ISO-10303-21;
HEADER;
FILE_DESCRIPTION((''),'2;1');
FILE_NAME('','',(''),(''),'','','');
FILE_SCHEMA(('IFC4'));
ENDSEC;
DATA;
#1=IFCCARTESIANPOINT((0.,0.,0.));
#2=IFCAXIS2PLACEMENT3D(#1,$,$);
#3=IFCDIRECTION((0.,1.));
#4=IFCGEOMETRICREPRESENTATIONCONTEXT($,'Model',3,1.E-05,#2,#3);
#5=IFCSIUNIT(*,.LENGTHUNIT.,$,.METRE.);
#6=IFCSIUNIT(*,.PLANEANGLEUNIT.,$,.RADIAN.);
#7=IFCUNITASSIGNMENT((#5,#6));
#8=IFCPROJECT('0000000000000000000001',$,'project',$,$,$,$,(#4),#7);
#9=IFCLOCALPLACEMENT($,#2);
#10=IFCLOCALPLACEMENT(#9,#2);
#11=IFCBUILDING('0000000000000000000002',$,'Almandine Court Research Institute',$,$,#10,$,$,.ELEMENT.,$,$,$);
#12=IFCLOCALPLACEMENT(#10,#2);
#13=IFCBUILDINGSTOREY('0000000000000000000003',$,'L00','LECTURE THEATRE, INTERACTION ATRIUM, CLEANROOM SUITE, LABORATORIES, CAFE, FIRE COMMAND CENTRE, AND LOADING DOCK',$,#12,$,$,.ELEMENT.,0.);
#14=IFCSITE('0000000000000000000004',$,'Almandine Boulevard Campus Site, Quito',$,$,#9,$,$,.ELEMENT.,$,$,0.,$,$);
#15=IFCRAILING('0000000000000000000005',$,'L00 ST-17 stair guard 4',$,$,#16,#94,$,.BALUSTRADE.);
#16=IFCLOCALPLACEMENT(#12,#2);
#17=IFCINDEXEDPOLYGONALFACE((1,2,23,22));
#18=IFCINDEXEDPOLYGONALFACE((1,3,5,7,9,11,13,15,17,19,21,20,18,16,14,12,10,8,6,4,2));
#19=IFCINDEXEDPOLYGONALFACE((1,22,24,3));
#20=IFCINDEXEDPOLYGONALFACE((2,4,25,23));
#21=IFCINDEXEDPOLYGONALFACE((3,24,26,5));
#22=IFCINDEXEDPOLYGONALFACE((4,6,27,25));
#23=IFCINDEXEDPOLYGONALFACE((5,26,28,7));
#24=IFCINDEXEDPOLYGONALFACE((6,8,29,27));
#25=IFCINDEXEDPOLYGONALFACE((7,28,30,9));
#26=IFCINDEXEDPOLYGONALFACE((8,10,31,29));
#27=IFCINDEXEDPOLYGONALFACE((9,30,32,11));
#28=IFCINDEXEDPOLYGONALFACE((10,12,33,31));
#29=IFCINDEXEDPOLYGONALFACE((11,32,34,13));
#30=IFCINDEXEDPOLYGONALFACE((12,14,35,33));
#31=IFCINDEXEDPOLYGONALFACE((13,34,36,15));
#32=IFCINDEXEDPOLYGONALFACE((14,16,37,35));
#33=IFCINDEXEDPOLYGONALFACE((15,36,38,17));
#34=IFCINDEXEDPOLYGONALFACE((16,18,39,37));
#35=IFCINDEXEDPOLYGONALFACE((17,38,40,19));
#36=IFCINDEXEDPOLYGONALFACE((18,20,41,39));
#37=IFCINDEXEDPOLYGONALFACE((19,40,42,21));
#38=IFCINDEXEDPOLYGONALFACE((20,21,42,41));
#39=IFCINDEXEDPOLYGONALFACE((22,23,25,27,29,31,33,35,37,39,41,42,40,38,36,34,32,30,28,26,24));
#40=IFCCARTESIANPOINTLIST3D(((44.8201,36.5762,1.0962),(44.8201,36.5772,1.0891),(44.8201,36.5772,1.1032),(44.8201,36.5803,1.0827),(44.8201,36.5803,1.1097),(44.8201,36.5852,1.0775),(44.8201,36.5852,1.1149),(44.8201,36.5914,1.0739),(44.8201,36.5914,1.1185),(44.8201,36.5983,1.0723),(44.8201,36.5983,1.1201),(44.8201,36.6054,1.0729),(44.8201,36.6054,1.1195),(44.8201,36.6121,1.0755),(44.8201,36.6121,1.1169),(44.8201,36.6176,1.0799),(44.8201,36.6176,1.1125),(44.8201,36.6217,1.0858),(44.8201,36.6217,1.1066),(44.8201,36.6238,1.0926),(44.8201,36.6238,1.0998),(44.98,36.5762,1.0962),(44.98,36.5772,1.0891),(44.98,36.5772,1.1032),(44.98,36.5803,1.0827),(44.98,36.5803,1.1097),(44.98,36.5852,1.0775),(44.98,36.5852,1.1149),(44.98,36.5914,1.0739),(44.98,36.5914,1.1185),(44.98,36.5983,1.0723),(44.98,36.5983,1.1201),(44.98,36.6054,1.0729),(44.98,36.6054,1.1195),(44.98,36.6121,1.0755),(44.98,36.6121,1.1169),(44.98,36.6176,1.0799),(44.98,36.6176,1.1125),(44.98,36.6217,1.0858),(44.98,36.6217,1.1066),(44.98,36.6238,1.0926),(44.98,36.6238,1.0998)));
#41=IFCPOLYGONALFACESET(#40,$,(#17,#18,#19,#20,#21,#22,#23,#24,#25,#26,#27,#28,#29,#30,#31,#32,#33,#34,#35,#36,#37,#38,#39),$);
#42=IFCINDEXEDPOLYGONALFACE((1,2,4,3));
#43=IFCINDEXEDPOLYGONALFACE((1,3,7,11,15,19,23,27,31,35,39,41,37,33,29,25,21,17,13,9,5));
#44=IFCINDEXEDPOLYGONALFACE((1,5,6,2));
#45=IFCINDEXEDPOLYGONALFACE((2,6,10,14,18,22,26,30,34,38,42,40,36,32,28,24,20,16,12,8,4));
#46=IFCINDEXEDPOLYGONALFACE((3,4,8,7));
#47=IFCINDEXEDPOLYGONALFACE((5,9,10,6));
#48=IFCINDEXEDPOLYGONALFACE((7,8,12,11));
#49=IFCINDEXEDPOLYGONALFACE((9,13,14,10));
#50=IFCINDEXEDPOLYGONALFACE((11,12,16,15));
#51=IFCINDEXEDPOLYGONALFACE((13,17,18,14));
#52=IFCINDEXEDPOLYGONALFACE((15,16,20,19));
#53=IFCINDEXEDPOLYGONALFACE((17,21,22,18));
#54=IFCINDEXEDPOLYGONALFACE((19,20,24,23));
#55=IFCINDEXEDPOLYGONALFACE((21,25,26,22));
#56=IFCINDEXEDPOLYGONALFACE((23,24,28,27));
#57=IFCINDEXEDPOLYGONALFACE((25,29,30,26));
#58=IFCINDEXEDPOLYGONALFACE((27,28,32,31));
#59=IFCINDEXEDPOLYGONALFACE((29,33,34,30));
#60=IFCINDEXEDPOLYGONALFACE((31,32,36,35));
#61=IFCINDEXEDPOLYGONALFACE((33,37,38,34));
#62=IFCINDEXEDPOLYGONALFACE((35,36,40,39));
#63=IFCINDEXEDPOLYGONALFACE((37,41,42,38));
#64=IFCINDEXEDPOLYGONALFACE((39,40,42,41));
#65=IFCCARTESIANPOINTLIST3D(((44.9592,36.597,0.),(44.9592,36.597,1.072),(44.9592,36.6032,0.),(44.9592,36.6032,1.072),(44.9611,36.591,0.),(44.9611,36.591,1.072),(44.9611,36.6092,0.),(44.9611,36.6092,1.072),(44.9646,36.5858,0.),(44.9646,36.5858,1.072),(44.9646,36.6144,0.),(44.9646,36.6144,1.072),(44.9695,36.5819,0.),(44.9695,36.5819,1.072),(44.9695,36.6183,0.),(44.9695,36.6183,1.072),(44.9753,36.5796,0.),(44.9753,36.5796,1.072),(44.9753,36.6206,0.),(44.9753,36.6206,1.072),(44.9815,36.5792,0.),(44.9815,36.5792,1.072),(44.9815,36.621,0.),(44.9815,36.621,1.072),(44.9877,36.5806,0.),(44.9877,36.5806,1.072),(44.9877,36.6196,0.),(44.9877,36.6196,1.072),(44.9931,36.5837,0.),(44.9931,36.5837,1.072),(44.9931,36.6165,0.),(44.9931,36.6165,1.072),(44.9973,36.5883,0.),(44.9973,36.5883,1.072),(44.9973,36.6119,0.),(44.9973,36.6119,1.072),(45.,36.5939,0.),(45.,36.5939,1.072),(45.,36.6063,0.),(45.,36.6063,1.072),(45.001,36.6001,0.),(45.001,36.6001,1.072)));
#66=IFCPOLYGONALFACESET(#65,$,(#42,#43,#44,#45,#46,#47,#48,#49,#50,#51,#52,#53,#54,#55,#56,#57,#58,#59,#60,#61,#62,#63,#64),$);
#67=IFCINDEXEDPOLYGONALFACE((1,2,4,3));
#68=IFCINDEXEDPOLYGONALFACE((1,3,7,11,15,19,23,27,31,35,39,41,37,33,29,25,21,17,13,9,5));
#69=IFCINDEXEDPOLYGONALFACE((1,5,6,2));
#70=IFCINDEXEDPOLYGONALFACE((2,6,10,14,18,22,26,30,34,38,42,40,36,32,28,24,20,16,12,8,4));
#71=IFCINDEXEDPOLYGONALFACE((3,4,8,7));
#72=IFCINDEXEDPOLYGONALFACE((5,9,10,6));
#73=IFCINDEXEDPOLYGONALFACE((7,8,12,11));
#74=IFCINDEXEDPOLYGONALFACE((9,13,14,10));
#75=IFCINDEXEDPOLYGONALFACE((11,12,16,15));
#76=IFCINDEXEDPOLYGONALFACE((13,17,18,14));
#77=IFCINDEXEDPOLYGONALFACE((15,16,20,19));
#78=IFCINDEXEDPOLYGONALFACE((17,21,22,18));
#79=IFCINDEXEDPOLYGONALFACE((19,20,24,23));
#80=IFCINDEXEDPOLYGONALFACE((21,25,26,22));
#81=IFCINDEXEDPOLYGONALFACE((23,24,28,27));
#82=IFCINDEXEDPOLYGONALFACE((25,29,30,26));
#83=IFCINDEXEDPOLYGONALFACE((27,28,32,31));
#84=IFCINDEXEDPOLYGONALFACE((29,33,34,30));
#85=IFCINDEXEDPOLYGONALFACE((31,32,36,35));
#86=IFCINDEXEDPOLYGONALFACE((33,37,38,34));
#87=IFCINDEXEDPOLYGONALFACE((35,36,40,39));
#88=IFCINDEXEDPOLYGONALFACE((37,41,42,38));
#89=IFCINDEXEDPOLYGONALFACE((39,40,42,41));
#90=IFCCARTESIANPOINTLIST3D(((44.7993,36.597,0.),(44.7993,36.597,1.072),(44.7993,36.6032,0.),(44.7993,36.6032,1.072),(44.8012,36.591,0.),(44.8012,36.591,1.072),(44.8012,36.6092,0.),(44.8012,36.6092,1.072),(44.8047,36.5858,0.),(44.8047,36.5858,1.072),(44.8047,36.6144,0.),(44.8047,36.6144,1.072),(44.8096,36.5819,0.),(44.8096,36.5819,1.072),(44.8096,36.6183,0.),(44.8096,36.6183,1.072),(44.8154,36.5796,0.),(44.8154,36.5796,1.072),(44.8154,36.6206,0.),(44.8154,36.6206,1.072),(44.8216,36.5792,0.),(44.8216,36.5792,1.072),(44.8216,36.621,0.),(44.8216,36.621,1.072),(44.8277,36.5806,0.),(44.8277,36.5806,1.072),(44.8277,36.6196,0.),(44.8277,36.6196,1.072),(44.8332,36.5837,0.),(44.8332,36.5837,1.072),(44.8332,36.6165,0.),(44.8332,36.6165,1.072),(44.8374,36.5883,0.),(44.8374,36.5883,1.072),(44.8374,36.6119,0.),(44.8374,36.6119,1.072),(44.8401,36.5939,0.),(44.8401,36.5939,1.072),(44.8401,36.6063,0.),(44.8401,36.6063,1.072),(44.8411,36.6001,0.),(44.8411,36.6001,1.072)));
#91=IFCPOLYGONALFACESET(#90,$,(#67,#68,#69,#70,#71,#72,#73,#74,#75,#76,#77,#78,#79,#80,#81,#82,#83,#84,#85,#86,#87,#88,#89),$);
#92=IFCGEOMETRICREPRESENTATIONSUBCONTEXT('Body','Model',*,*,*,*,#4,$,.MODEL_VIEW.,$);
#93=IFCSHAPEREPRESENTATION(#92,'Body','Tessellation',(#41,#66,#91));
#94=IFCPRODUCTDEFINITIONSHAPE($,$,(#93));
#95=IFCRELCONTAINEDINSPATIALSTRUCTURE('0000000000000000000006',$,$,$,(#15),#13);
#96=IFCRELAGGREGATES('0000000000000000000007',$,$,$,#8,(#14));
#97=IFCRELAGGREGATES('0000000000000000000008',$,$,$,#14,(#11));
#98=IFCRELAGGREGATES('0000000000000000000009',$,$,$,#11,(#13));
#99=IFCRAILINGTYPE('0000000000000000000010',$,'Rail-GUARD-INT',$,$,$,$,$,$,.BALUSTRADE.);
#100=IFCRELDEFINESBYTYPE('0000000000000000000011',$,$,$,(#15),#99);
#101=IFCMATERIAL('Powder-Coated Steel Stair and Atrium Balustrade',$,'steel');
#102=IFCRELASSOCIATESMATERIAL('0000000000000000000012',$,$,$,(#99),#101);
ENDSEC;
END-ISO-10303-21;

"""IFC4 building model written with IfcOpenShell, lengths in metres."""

from ifc_helpers import new_model, si_unit, direction, frame, origin, origin_2d, place, context, subcontext, project, spatial, circle, extrude, material, type_object, element, save


model = new_model("IFC4")

# Units and contexts
model_context = context("Model", 3, precision=1e-05, world=origin(), true_north=direction((0.0, 1.0)))
body_context = subcontext(model_context, "Body", "Model", "MODEL_VIEW")
ifc_project = project(units=[si_unit("LENGTHUNIT", "METRE"), si_unit("PLANEANGLEUNIT", "RADIAN")], contexts=[model_context])

# Site, building, storey
site_placement = place(None, origin())
site = spatial("IfcSite", under=ifc_project, at=site_placement, Name="Almandine Boulevard Campus Site, Quito", CompositionType="ELEMENT", RefElevation=0.0)
building_placement = place(site_placement, origin())
building = spatial("IfcBuilding", under=site, at=building_placement, Name="Almandine Court Research Institute", CompositionType="ELEMENT")
storey_placement = place(building_placement, origin())
storey = spatial("IfcBuildingStorey", under=building, at=storey_placement, Name="L00", Description="LECTURE THEATRE, INTERACTION ATRIUM, CLEANROOM SUITE, LABORATORIES, CAFE, FIRE COMMAND CENTRE, AND LOADING DOCK", CompositionType="ELEMENT", Elevation=0.0)

# Railing
ifc_material_1 = material(Name="Powder-Coated Steel Stair and Atrium Balustrade", Category="steel")
railing_type_1 = type_object("IfcRailingType", Name="Rail-GUARD-INT", PredefinedType="BALUSTRADE", material=ifc_material_1)
railing_1_placement = place(storey_placement, frame((44.98, 36.6001, 0.0)))
element("IfcRailing", 1, at=railing_1_placement, inside=storey, type_object=railing_type_1, Name="L00 ST-17 stair guard 4", PredefinedType="BALUSTRADE", context=body_context, shape_type="SweptSolid", body=[
    extrude(circle(Radius=0.0239, at=origin_2d()), frame((0.0, 0.0, 1.0962), z_axis=(-1.0, 0.0, 0.0), x_axis=(0.0, -1.0, 0.0)), (0.0, 0.0, 1.0), 0.1599),
    extrude(circle(Radius=0.021, at=origin_2d()), origin(), (0.0, 0.0, 1.0), 1.072),
    extrude(circle(Radius=0.021, at=origin_2d()), frame((-0.1599, 0.0, 0.0)), (0.0, 0.0, 1.0), 1.072),
])

save(model, "model.ifc")
